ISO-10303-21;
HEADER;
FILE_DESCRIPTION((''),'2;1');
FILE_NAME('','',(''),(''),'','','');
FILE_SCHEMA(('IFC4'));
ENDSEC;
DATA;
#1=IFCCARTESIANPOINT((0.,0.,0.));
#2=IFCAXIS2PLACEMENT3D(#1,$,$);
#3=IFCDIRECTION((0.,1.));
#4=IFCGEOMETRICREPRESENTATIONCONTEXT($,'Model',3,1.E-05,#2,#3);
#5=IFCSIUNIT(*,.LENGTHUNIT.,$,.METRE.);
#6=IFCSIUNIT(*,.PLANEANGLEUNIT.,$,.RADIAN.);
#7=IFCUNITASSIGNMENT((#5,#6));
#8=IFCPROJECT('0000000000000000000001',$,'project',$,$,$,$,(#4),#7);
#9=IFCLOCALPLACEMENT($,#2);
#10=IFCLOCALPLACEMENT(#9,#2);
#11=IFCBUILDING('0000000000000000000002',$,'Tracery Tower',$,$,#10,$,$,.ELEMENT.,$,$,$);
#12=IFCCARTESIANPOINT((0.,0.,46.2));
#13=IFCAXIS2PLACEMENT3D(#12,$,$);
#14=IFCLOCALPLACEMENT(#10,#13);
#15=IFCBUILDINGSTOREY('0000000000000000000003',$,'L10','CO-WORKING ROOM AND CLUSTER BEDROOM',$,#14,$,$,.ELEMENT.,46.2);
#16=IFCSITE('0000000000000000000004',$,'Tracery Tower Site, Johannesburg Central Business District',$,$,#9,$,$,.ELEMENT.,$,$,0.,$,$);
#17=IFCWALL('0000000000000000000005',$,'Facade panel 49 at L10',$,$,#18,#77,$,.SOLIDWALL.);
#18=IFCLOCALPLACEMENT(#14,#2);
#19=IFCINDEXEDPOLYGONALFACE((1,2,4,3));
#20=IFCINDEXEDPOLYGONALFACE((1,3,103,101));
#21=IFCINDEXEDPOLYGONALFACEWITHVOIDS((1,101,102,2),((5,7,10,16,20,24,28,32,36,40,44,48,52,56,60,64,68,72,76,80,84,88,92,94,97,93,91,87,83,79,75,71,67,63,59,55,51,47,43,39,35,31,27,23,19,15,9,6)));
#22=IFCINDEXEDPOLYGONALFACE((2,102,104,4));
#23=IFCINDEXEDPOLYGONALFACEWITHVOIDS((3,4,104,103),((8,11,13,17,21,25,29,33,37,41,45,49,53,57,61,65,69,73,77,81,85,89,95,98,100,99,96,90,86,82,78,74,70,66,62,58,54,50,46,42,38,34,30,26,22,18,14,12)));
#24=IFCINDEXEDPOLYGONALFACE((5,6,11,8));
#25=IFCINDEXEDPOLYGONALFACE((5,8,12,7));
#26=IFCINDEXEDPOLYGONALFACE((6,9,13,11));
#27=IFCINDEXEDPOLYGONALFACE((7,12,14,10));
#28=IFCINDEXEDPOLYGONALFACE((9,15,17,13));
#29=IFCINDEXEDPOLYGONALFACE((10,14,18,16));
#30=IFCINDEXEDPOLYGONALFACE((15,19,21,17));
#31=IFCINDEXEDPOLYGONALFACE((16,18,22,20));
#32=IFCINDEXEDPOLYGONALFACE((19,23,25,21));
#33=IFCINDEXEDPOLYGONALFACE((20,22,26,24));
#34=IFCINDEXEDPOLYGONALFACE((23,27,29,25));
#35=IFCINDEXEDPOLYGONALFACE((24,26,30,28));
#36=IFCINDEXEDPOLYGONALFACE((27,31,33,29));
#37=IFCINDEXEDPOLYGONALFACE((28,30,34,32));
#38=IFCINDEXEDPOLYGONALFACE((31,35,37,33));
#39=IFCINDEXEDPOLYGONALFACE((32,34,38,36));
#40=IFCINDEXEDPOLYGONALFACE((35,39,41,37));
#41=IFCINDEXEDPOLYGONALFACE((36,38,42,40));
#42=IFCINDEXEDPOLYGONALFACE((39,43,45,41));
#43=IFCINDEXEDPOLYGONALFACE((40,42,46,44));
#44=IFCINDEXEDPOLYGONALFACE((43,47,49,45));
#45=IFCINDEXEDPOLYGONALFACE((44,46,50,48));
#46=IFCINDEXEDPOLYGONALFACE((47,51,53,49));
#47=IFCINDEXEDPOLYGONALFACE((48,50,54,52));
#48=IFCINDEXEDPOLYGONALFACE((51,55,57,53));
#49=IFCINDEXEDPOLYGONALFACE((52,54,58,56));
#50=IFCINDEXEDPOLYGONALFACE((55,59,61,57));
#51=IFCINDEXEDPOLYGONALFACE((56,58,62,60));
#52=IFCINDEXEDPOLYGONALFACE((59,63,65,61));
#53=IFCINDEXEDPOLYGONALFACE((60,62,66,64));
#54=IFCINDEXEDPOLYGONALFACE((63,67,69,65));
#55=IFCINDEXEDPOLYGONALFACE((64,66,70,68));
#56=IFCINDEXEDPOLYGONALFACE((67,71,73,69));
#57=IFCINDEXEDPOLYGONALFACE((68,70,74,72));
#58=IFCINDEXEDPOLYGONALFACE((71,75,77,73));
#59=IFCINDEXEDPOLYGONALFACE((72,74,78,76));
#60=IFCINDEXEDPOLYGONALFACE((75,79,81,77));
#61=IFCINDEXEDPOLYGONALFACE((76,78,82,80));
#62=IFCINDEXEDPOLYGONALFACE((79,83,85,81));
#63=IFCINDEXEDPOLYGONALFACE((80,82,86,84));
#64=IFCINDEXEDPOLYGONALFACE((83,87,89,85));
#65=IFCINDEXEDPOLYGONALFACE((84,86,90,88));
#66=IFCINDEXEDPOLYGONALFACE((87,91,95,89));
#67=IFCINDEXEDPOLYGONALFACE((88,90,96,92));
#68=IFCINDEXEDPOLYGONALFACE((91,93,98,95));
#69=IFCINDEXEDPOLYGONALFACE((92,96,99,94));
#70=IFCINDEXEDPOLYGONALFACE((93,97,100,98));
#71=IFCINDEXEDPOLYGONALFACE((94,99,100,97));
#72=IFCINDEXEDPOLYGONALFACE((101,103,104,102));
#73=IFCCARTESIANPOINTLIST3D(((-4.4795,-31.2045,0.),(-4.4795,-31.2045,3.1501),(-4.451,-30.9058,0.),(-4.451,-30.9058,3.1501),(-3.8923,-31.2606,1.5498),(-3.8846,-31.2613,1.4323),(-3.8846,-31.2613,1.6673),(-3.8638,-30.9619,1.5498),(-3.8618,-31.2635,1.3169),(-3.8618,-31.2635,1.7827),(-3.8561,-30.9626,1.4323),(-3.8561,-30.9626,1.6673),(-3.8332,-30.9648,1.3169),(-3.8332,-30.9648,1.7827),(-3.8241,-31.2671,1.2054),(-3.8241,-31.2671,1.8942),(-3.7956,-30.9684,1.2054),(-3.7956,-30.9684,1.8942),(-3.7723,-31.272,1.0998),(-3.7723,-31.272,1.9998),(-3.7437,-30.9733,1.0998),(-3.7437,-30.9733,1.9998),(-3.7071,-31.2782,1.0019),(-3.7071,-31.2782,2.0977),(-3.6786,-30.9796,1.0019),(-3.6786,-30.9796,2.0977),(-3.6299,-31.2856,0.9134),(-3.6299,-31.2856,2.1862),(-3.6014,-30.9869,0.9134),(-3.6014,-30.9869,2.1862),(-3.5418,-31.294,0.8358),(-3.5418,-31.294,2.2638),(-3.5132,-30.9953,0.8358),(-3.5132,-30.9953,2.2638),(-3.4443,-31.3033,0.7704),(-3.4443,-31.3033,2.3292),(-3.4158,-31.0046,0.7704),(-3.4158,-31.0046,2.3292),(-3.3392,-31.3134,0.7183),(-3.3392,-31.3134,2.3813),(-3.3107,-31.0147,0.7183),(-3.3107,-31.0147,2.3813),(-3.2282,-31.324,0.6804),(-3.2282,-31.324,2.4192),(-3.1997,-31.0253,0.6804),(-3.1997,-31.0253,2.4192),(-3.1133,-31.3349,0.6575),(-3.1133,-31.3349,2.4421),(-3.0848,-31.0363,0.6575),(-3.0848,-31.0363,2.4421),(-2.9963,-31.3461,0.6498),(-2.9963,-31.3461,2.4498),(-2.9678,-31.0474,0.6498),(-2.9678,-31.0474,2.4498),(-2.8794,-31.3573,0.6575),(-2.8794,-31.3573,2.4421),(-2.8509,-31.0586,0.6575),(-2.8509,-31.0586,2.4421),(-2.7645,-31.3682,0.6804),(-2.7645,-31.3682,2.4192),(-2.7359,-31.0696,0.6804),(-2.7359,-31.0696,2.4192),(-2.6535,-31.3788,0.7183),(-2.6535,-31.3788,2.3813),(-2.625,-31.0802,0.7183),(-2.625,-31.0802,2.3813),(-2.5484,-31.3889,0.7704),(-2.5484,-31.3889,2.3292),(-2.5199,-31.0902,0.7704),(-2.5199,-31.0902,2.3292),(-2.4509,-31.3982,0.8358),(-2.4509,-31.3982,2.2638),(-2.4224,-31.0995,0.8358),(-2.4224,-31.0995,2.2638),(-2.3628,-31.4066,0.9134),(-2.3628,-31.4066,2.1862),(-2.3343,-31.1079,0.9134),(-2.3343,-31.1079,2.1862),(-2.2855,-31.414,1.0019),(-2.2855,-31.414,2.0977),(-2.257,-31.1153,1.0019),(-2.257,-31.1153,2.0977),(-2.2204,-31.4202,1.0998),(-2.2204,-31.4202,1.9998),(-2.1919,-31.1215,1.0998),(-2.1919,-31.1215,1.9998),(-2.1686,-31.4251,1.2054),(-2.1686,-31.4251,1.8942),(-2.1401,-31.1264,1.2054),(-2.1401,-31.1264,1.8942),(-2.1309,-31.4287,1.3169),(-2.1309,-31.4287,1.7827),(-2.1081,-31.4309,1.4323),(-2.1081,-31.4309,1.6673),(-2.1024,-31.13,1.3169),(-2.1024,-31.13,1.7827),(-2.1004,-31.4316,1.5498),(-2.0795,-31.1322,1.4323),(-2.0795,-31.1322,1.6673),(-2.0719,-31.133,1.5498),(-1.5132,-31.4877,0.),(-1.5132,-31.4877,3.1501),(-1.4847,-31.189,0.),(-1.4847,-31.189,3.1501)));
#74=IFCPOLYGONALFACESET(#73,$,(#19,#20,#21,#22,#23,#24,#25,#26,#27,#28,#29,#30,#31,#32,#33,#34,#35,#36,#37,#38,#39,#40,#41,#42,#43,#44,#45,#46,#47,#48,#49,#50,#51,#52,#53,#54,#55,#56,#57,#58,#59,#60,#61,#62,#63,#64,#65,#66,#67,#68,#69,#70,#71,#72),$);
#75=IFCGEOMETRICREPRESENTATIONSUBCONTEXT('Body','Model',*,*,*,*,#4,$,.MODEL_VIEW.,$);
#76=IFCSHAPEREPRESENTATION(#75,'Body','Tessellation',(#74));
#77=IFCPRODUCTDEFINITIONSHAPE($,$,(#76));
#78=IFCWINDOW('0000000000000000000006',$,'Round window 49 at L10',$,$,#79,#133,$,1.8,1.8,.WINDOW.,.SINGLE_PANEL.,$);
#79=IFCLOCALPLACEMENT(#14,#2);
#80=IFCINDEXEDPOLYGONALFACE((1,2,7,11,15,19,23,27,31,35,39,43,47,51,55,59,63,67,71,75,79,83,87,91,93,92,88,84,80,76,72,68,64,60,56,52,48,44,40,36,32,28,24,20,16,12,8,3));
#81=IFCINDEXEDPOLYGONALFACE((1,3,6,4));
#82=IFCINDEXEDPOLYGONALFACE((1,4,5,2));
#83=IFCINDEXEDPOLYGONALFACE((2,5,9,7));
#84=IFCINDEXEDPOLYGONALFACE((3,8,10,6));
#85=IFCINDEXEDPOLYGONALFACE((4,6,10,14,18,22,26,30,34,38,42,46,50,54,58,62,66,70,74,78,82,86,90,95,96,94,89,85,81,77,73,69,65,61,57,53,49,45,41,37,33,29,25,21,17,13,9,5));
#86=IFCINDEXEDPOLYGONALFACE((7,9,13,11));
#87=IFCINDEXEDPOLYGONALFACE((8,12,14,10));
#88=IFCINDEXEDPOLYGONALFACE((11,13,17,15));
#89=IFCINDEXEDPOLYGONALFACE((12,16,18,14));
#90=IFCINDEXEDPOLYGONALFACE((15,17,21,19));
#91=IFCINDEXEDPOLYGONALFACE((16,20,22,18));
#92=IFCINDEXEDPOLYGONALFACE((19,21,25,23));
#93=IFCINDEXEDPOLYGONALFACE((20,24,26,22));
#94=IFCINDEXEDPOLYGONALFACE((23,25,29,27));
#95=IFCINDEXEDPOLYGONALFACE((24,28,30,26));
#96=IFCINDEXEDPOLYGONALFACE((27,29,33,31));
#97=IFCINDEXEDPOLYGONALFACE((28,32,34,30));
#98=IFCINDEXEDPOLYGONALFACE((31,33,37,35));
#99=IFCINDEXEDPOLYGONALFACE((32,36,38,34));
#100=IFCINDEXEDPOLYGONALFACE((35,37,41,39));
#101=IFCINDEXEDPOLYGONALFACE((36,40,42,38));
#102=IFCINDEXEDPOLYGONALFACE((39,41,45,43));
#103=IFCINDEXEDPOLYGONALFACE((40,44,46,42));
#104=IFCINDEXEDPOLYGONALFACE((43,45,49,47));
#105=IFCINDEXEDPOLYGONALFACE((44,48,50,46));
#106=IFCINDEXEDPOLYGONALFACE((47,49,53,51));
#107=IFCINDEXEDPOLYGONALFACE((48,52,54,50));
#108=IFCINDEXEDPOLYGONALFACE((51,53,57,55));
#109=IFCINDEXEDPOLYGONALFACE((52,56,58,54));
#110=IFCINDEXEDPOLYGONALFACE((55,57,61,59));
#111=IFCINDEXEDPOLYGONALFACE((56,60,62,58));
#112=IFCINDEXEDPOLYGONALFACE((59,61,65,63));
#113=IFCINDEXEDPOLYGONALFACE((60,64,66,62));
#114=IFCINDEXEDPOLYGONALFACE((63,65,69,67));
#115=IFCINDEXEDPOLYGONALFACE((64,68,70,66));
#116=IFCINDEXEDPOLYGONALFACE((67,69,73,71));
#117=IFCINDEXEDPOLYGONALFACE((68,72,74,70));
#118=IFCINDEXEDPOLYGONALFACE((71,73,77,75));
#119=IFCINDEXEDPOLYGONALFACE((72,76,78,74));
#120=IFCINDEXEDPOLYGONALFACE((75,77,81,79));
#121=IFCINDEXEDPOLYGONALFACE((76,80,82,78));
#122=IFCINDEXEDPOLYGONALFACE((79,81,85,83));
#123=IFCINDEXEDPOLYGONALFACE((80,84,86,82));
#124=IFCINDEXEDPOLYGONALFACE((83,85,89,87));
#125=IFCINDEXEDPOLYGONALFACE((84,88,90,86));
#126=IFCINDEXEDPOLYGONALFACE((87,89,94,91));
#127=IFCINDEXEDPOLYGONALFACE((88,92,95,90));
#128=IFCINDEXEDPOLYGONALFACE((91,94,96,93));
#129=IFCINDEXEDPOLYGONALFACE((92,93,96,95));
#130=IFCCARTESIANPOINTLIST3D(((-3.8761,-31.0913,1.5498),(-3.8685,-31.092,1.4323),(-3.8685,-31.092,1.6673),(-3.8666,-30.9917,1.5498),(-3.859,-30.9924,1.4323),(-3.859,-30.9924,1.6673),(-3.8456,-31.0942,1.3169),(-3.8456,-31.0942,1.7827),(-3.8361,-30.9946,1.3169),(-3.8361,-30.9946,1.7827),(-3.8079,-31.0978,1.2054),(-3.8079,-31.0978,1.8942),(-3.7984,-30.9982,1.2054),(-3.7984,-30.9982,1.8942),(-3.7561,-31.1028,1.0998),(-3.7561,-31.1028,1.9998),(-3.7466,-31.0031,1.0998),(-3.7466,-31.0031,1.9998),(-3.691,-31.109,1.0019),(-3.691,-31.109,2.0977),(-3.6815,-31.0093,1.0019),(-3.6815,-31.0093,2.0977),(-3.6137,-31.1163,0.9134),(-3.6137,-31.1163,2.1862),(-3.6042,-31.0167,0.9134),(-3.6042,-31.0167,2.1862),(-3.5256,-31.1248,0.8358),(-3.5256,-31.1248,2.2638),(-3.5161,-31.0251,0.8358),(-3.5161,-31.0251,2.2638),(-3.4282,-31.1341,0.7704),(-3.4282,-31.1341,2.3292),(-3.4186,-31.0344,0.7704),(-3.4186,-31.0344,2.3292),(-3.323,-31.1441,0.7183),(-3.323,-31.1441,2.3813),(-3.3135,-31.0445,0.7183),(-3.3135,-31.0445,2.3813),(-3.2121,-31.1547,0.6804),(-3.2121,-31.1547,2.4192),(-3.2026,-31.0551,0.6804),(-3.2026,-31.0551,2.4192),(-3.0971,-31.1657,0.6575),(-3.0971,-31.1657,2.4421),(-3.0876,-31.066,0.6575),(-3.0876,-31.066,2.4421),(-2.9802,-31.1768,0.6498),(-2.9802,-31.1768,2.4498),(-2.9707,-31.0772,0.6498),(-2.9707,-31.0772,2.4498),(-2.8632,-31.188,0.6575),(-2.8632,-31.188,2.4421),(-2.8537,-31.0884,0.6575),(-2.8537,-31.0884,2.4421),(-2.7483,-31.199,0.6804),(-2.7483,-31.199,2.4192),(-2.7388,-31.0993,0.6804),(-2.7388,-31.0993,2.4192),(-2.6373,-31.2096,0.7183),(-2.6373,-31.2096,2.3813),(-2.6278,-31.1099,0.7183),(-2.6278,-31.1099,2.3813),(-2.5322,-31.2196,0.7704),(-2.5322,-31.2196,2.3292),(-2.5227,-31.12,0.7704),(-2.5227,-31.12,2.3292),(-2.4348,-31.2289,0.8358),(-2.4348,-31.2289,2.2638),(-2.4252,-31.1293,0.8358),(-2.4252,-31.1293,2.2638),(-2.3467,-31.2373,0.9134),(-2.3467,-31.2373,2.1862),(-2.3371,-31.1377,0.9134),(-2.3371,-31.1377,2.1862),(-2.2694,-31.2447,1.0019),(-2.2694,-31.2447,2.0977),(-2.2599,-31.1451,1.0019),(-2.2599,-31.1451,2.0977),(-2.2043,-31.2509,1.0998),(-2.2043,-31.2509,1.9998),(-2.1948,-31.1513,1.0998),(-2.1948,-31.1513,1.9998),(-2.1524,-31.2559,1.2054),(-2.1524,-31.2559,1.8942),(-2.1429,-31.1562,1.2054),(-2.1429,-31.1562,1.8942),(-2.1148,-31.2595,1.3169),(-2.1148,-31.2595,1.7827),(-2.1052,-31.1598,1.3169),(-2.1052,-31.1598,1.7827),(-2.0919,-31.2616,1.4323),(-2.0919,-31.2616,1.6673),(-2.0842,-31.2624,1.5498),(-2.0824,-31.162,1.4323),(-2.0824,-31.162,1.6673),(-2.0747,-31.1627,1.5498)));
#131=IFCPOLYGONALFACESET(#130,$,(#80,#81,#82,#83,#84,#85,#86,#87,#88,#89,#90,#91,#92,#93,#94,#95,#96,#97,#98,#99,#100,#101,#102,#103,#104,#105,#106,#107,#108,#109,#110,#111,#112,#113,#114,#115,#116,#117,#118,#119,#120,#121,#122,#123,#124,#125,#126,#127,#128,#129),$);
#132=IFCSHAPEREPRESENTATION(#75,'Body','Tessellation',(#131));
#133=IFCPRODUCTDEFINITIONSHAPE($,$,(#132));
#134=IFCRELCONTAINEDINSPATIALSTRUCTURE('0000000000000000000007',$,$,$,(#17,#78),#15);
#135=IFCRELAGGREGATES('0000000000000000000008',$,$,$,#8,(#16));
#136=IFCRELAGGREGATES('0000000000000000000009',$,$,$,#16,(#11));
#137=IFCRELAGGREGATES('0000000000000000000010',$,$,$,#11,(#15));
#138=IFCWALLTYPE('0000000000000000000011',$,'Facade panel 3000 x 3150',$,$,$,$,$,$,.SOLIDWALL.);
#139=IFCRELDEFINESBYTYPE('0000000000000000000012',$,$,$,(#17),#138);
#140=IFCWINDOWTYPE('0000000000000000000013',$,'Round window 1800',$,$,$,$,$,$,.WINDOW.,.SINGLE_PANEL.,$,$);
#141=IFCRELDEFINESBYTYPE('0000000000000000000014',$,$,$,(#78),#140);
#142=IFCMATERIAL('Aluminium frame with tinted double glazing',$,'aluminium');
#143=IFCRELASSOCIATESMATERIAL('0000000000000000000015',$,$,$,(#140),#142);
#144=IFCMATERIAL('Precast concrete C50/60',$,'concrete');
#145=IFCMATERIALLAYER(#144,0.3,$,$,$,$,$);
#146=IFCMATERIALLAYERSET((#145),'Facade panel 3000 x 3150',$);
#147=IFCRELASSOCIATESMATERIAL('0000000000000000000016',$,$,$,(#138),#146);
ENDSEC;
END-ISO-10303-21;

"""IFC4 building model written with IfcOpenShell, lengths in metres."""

from ifc_helpers import new_model, si_unit, direction, frame, frame_2d, origin, origin_2d, place, context, subcontext, project, spatial, rectangle, circle, extrude, material, layer, layer_set, type_object, element, fill, save


model = new_model("IFC4")

# Units and contexts
model_context = context("Model", 3, precision=1e-05, world=origin(), true_north=direction((0.0, 1.0)))
body_context = subcontext(model_context, "Body", "Model", "MODEL_VIEW")
ifc_project = project(units=[si_unit("LENGTHUNIT", "METRE"), si_unit("PLANEANGLEUNIT", "RADIAN")], contexts=[model_context])

# Site, building, storey
site_placement = place(None, origin())
site = spatial("IfcSite", under=ifc_project, at=site_placement, Name="Tracery Tower Site, Johannesburg Central Business District", CompositionType="ELEMENT", RefElevation=0.0)
building_placement = place(site_placement, origin())
building = spatial("IfcBuilding", under=site, at=building_placement, Name="Tracery Tower", CompositionType="ELEMENT")
storey_placement = place(building_placement, frame((0.0, 0.0, 46.2)))
storey = spatial("IfcBuildingStorey", under=building, at=storey_placement, Name="L10", Description="CO-WORKING ROOM AND CLUSTER BEDROOM", CompositionType="ELEMENT", Elevation=46.2)

# Wall, opening, window
ifc_material_1 = material(Name="Aluminium frame with tinted double glazing", Category="aluminium")
window_type = type_object("IfcWindowType", Name="Round window 1800", PartitioningType="SINGLE_PANEL", PredefinedType="WINDOW", material=ifc_material_1)
ifc_material_2 = material(Name="Precast concrete C50/60", Category="concrete")
ifc_layer_1 = layer(ifc_material_2, 0.3)
ifc_layer_set_1 = layer_set([ifc_layer_1], Name="Facade panel 3000 x 3150")
wall_type_1 = type_object("IfcWallType", Name="Facade panel 3000 x 3150", PredefinedType="SOLIDWALL", material=ifc_layer_set_1)
wall_1_placement = place(storey_placement, frame((-4.4651, -31.0552, 0.0), z_axis=(0.0, 0.0, 1.0), x_axis=(0.995473, -0.095041, 0.0)))
wall_1 = element("IfcWall", 1, at=wall_1_placement, inside=storey, type_object=wall_type_1, Name="Facade panel 49 at L10", PredefinedType="SOLIDWALL", context=body_context, shape_type="SweptSolid", body=[
    extrude(rectangle(XDim=2.9797, YDim=0.3, at=frame_2d((1.4897, 0.0))), origin(), (0.0, 0.0, 1.0), 3.1501),
])
opening_1_placement = place(wall_1_placement, frame((1.4897, 0.0, 1.5498)))
opening_1 = element("IfcOpeningElement", 2, at=opening_1_placement, cuts=wall_1, PredefinedType="OPENING", context=body_context, shape_type="SweptSolid", body=[
    extrude(circle(Radius=0.9, at=origin_2d()), frame((0.0, 0.1599, 0.0), z_axis=(0.0, -1.0, 0.0), x_axis=(1.0, 0.0, 0.0)), (0.0, 0.0, 1.0), 0.3201),
])
window_1_placement = place(opening_1_placement, origin())
window_1 = element("IfcWindow", 3, at=window_1_placement, inside=storey, type_object=window_type, Name="Round window 49 at L10", OverallHeight=1.8, OverallWidth=1.8, PartitioningType="SINGLE_PANEL", PredefinedType="WINDOW", context=body_context, shape_type="SweptSolid", body=[
    extrude(circle(Radius=0.9, at=origin_2d()), frame((0.0, 0.1201, 0.0), z_axis=(0.0, -1.0, 0.0), x_axis=(1.0, 0.0, 0.0)), (0.0, 0.0, 1.0), 0.1001),
])
fill(opening_1, window_1)

save(model, "model.ifc")
